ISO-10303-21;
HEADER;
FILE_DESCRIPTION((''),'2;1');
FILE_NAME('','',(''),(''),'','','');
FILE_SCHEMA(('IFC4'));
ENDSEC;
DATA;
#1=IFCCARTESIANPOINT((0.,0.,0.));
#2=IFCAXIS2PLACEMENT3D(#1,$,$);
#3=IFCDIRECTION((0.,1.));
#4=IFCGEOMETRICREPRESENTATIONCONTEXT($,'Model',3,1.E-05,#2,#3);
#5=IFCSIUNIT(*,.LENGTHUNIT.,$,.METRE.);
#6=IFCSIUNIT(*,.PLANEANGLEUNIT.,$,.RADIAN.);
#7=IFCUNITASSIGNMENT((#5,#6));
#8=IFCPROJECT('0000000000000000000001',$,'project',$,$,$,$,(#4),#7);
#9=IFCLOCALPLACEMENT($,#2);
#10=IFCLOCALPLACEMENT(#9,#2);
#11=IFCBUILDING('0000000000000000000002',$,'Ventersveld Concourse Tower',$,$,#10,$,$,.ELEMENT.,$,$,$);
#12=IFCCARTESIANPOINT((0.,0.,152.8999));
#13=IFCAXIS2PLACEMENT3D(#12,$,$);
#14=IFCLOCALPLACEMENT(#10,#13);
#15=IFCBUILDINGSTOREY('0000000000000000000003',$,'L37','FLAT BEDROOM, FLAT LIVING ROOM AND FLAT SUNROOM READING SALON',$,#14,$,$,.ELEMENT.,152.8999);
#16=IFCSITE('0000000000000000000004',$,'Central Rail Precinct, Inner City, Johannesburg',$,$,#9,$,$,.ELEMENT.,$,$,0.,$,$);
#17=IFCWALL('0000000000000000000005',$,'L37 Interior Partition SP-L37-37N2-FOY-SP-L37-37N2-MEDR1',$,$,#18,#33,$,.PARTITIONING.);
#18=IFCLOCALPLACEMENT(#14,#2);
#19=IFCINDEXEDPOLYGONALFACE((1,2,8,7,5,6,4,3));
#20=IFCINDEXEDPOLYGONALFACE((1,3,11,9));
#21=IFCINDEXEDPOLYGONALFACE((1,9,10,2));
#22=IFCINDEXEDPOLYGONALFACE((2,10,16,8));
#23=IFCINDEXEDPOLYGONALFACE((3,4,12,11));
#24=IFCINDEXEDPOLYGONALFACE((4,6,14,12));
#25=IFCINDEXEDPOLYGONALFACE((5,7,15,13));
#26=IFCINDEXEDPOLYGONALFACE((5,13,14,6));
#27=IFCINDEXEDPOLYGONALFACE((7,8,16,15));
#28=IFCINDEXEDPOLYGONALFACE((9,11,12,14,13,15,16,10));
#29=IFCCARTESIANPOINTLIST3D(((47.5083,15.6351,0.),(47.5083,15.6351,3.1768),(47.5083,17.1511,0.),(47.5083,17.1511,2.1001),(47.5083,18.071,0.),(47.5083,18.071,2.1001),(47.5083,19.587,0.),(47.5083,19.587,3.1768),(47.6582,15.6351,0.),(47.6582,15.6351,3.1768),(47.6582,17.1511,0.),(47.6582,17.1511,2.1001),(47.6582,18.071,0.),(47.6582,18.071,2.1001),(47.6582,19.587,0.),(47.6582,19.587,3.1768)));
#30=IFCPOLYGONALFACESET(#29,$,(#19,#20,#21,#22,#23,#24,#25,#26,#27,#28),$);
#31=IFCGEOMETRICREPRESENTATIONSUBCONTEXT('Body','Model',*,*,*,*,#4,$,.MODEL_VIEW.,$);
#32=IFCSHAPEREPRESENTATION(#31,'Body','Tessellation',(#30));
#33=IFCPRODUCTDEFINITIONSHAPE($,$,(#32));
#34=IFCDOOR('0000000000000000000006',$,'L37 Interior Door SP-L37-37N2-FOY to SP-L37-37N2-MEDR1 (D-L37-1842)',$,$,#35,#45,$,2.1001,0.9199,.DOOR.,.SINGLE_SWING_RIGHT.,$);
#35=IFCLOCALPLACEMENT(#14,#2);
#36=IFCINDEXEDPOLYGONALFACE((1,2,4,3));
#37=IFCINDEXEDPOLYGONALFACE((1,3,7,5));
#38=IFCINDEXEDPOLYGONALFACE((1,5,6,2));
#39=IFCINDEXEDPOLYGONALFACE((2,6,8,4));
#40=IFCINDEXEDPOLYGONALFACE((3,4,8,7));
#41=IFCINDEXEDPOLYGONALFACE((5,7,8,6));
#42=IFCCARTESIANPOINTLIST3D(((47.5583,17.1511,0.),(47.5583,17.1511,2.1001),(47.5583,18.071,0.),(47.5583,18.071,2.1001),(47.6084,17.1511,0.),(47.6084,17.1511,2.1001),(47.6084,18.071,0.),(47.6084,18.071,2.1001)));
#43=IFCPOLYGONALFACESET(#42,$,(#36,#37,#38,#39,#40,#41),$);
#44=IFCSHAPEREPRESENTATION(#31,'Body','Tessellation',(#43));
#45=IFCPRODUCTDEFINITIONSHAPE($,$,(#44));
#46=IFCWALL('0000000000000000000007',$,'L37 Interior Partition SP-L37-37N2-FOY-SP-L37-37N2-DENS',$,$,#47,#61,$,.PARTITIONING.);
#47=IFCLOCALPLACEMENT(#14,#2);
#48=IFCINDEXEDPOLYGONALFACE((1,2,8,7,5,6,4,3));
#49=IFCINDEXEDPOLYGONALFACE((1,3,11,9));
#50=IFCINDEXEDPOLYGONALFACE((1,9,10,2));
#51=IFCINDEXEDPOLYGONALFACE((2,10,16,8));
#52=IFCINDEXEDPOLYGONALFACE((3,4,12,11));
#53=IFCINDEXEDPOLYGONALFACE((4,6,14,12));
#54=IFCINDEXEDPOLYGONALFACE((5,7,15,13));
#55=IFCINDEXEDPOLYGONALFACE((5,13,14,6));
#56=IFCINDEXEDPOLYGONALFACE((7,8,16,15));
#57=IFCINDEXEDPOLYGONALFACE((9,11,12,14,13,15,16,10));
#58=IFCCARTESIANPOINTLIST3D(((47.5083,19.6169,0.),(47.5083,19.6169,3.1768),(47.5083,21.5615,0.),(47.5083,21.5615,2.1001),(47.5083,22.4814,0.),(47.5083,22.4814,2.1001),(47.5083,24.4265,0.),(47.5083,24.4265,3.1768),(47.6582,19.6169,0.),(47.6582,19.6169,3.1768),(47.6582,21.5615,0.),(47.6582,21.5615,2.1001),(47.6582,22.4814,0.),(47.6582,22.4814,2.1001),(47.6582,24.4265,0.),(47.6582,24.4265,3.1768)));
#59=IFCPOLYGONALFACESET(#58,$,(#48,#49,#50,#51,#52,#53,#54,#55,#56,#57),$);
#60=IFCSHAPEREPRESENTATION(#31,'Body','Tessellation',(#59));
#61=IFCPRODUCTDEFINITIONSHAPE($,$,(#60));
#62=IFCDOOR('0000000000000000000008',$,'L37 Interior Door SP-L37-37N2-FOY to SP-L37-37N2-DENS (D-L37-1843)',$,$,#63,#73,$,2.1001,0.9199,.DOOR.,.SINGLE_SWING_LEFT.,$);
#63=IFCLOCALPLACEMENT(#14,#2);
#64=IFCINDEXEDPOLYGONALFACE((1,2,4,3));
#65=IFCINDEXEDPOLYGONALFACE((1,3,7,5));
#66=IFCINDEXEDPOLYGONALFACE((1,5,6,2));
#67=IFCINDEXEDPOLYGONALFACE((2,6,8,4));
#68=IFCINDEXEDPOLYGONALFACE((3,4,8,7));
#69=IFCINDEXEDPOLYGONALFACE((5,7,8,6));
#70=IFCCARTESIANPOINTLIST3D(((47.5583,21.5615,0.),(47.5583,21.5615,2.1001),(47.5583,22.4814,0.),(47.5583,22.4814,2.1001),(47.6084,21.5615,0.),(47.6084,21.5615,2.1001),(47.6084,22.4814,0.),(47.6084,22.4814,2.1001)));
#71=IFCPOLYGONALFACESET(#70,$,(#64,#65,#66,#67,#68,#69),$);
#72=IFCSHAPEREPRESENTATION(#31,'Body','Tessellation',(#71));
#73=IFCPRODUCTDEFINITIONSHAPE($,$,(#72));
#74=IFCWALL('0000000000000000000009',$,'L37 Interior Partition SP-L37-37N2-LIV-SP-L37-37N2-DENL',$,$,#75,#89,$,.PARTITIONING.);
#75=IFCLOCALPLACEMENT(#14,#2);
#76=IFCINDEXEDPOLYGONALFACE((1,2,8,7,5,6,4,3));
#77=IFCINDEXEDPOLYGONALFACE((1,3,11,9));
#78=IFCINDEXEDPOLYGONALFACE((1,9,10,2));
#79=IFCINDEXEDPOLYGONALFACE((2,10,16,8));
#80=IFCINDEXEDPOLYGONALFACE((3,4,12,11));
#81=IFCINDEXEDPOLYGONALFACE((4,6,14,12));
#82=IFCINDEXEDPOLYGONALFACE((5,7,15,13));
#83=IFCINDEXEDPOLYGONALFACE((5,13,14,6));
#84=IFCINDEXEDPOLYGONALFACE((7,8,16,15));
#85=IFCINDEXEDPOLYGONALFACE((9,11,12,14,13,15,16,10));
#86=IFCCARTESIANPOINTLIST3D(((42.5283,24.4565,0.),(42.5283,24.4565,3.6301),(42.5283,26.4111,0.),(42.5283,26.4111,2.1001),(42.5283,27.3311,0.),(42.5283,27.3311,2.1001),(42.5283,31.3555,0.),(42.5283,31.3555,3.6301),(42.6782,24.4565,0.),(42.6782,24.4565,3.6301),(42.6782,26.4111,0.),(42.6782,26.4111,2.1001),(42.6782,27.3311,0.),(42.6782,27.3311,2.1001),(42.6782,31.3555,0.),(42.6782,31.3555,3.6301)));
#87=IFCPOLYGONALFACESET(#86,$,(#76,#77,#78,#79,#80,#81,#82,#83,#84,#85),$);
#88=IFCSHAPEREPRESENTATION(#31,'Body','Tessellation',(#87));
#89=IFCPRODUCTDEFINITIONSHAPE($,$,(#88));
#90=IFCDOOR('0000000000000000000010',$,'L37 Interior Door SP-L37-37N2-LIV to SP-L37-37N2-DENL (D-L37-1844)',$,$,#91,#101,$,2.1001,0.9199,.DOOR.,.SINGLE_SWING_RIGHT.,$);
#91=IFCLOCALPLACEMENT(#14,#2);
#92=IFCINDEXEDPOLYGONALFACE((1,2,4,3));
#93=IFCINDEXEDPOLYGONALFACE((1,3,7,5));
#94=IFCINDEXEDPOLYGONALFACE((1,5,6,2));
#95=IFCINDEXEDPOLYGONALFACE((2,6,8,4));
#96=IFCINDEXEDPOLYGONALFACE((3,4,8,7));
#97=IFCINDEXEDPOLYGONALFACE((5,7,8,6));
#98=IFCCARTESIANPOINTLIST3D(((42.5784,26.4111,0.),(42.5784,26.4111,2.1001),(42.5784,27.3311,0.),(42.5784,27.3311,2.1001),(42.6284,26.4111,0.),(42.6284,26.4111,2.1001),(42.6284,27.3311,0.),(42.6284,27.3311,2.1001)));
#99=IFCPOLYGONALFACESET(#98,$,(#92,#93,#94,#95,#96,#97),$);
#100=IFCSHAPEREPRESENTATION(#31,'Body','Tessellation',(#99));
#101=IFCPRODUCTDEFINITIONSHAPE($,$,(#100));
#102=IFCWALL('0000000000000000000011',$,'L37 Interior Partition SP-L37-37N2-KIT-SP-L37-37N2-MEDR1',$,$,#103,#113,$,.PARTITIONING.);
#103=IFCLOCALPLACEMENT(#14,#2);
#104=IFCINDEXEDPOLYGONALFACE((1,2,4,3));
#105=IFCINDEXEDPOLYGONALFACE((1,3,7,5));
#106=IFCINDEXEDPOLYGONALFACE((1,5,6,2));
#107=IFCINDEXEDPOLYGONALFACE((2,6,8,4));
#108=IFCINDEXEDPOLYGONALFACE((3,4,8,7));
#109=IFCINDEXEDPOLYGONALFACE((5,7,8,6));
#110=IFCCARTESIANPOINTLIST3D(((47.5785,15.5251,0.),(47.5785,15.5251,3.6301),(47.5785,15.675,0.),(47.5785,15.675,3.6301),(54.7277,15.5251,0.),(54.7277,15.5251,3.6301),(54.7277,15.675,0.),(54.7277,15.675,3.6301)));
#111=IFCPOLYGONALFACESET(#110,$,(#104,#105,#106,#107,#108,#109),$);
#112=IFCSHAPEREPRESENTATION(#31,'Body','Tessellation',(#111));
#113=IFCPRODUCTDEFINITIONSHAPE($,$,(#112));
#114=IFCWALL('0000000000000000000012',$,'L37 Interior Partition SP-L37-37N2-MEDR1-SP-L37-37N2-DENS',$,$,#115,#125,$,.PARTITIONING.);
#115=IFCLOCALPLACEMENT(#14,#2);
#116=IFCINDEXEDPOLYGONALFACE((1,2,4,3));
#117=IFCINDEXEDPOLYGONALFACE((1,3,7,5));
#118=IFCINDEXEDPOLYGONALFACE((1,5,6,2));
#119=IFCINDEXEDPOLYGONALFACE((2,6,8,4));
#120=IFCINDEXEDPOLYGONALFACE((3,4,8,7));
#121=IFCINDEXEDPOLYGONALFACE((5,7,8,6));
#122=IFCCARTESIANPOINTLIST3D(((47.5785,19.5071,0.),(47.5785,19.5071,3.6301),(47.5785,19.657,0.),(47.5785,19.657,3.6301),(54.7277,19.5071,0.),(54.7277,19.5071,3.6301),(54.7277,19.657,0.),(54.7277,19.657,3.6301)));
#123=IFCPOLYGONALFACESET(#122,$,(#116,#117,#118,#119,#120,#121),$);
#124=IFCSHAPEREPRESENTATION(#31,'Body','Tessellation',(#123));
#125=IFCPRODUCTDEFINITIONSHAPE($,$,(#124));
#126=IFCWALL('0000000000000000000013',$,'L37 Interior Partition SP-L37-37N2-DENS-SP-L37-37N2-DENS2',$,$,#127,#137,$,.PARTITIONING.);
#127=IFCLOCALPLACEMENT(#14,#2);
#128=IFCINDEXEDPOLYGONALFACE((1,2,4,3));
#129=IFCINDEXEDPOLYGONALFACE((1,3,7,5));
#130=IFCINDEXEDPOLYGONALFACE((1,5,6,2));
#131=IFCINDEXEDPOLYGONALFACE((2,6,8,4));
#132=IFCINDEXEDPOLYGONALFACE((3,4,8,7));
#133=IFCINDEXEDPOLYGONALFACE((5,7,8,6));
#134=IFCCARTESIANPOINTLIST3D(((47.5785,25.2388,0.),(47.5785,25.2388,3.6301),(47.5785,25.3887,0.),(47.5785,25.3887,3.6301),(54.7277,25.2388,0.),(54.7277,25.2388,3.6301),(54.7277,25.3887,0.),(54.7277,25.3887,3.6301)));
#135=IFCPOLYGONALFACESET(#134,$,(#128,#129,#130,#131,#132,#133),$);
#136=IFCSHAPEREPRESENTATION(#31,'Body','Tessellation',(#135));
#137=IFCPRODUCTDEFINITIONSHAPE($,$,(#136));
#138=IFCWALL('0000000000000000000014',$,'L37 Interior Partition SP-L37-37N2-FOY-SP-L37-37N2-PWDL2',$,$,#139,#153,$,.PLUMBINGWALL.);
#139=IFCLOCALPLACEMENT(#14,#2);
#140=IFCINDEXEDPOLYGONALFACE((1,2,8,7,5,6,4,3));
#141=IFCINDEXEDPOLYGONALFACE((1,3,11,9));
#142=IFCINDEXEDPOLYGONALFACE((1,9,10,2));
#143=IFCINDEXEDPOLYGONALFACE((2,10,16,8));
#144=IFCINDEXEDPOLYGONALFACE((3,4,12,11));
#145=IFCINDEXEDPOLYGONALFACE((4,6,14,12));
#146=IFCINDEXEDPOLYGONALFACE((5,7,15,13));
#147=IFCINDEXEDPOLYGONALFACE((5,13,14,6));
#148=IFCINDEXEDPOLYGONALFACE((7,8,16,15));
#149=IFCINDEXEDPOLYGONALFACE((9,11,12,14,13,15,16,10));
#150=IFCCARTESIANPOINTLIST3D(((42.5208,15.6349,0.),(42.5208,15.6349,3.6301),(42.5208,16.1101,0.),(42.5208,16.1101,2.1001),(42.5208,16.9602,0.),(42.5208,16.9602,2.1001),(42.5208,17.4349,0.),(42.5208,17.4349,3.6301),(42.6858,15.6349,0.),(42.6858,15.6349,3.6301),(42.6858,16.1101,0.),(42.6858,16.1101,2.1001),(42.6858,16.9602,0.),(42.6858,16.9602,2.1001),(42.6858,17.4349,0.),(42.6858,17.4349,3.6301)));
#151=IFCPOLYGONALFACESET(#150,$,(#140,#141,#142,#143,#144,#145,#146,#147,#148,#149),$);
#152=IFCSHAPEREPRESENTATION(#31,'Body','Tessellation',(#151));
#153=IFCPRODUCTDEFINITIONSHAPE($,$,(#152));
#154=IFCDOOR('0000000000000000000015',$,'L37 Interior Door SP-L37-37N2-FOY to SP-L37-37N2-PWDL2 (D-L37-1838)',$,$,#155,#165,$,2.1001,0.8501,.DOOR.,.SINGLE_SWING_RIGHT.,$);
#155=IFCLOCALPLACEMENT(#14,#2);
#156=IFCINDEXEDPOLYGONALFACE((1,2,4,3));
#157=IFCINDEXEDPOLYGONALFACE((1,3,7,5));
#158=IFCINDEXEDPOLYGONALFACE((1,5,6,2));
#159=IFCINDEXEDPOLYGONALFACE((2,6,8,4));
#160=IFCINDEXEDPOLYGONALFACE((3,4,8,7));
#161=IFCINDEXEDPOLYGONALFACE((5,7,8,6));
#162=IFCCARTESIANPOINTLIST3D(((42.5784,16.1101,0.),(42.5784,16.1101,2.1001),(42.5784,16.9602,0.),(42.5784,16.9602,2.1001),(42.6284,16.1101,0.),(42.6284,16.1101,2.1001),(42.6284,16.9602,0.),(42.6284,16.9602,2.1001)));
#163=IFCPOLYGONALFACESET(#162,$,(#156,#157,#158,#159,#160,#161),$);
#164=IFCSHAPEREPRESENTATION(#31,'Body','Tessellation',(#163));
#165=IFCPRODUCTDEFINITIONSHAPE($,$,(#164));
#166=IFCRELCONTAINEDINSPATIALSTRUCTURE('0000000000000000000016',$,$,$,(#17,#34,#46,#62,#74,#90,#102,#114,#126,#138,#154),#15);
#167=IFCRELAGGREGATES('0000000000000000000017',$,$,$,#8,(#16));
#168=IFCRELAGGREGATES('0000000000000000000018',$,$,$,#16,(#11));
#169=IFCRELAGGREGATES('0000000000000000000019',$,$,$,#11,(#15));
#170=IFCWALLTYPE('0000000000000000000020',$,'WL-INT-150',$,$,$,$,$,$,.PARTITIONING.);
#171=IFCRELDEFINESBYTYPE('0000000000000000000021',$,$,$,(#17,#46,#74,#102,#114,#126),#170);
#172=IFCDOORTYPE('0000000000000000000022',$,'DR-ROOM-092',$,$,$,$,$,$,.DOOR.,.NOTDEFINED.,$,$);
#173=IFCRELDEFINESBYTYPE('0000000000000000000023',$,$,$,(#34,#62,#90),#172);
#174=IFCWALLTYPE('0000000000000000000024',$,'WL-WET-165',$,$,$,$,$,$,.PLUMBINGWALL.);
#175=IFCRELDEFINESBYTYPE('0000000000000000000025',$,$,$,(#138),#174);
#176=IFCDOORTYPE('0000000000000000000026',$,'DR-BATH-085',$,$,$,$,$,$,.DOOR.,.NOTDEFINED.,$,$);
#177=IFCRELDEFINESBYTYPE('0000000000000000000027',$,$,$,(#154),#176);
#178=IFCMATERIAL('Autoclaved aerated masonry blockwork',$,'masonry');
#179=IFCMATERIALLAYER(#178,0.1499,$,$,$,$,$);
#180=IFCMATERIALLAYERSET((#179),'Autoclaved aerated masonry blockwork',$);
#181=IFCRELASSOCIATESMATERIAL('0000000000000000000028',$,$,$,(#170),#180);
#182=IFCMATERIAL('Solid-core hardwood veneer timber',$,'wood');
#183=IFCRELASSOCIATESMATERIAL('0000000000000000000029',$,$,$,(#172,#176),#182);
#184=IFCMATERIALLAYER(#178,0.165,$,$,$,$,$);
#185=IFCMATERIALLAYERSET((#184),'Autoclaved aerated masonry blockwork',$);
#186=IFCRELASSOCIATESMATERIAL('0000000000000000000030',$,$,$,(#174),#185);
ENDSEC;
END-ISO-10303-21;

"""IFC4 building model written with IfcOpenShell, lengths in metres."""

from ifc_helpers import new_model, si_unit, direction, frame, frame_2d, origin, place, context, subcontext, project, spatial, rectangle, extrude, material, layer, layer_set, type_object, element, fill, save


model = new_model("IFC4")

# Units and contexts
model_context = context("Model", 3, precision=1e-05, world=origin(), true_north=direction((0.0, 1.0)))
body_context = subcontext(model_context, "Body", "Model", "MODEL_VIEW")
ifc_project = project(units=[si_unit("LENGTHUNIT", "METRE"), si_unit("PLANEANGLEUNIT", "RADIAN")], contexts=[model_context])

# Site, building, storey
site_placement = place(None, origin())
site = spatial("IfcSite", under=ifc_project, at=site_placement, Name="Central Rail Precinct, Inner City, Johannesburg", CompositionType="ELEMENT", RefElevation=0.0)
building_placement = place(site_placement, origin())
building = spatial("IfcBuilding", under=site, at=building_placement, Name="Ventersveld Concourse Tower", CompositionType="ELEMENT")
storey_placement = place(building_placement, frame((0.0, 0.0, 152.8999)))
storey = spatial("IfcBuildingStorey", under=building, at=storey_placement, Name="L37", Description="FLAT BEDROOM, FLAT LIVING ROOM AND FLAT SUNROOM READING SALON", CompositionType="ELEMENT", Elevation=152.8999)

# Walls, openings, doors
ifc_material_1 = material(Name="Autoclaved aerated masonry blockwork", Category="masonry")
ifc_layer_1 = layer(ifc_material_1, 0.1499)
ifc_layer_set_1 = layer_set([ifc_layer_1], Name="Autoclaved aerated masonry blockwork")
wall_type_1 = type_object("IfcWallType", Name="WL-INT-150", PredefinedType="PARTITIONING", material=ifc_layer_set_1)
ifc_material_2 = material(Name="Solid-core hardwood veneer timber", Category="wood")
door_type_1 = type_object("IfcDoorType", Name="DR-ROOM-092", OperationType="NOTDEFINED", PredefinedType="DOOR", material=ifc_material_2)
wall_1_placement = place(storey_placement, frame((47.5833, 15.635, 0.0), z_axis=(0.0, 0.0, 1.0), x_axis=(0.0, 1.0, 0.0)))
wall_1 = element("IfcWall", 1, at=wall_1_placement, inside=storey, type_object=wall_type_1, Name="L37 Interior Partition SP-L37-37N2-FOY-SP-L37-37N2-MEDR1", PredefinedType="PARTITIONING", context=body_context, shape_type="SweptSolid", body=[
    extrude(rectangle(XDim=3.9519, YDim=0.1499, at=frame_2d((1.9761, 0.0))), origin(), (0.0, 0.0, 1.0), 3.1768),
])
opening_1_placement = place(wall_1_placement, frame((1.5161, 0.0, 0.0)))
opening_1 = element("IfcOpeningElement", 2, at=opening_1_placement, cuts=wall_1, PredefinedType="OPENING", context=body_context, shape_type="SweptSolid", body=[
    extrude(rectangle(XDim=0.9199, YDim=2.1001, at=frame_2d((0.46, 1.05))), frame((0.0, 0.085, 0.0), z_axis=(0.0, -1.0, 0.0), x_axis=(1.0, 0.0, 0.0)), (0.0, 0.0, 1.0), 0.1699),
])
door_1_placement = place(opening_1_placement, origin())
door_1 = element("IfcDoor", 3, at=door_1_placement, inside=storey, type_object=door_type_1, Name="L37 Interior Door SP-L37-37N2-FOY to SP-L37-37N2-MEDR1 (D-L37-1842)", OperationType="SINGLE_SWING_RIGHT", OverallHeight=2.1001, OverallWidth=0.9199, PredefinedType="DOOR", context=body_context, shape_type="SweptSolid", body=[
    extrude(rectangle(XDim=0.9199, YDim=2.1001, at=frame_2d((0.46, 1.05))), frame((0.0, 0.0249, 0.0), z_axis=(0.0, -1.0, 0.0), x_axis=(1.0, 0.0, 0.0)), (0.0, 0.0, 1.0), 0.05),
])
fill(opening_1, door_1)
wall_2_placement = place(storey_placement, frame((47.5833, 19.6169, 0.0), z_axis=(0.0, 0.0, 1.0), x_axis=(0.0, 1.0, 0.0)))
wall_2 = element("IfcWall", 4, at=wall_2_placement, inside=storey, type_object=wall_type_1, Name="L37 Interior Partition SP-L37-37N2-FOY-SP-L37-37N2-DENS", PredefinedType="PARTITIONING", context=body_context, shape_type="SweptSolid", body=[
    extrude(rectangle(XDim=4.8096, YDim=0.1499, at=frame_2d((2.4048, 0.0))), origin(), (0.0, 0.0, 1.0), 3.1768),
])
opening_2_placement = place(wall_2_placement, frame((1.9446, 0.0, 0.0)))
opening_2 = element("IfcOpeningElement", 5, at=opening_2_placement, cuts=wall_2, PredefinedType="OPENING", context=body_context, shape_type="SweptSolid", body=[
    extrude(rectangle(XDim=0.9199, YDim=2.1001, at=frame_2d((0.46, 1.05))), frame((0.0, 0.085, 0.0), z_axis=(0.0, -1.0, 0.0), x_axis=(1.0, 0.0, 0.0)), (0.0, 0.0, 1.0), 0.1699),
])
door_2_placement = place(opening_2_placement, origin())
door_2 = element("IfcDoor", 6, at=door_2_placement, inside=storey, type_object=door_type_1, Name="L37 Interior Door SP-L37-37N2-FOY to SP-L37-37N2-DENS (D-L37-1843)", OperationType="SINGLE_SWING_LEFT", OverallHeight=2.1001, OverallWidth=0.9199, PredefinedType="DOOR", context=body_context, shape_type="SweptSolid", body=[
    extrude(rectangle(XDim=0.9199, YDim=2.1001, at=frame_2d((0.46, 1.05))), frame((0.0, 0.0249, 0.0), z_axis=(0.0, -1.0, 0.0), x_axis=(1.0, 0.0, 0.0)), (0.0, 0.0, 1.0), 0.05),
])
fill(opening_2, door_2)
wall_3_placement = place(storey_placement, frame((42.6033, 24.4565, 0.0), z_axis=(0.0, 0.0, 1.0), x_axis=(0.0, 1.0, 0.0)))
wall_3 = element("IfcWall", 7, at=wall_3_placement, inside=storey, type_object=wall_type_1, Name="L37 Interior Partition SP-L37-37N2-LIV-SP-L37-37N2-DENL", PredefinedType="PARTITIONING", context=body_context, shape_type="SweptSolid", body=[
    extrude(rectangle(XDim=6.8989, YDim=0.1499, at=frame_2d((3.4495, 0.0))), origin(), (0.0, 0.0, 1.0), 3.6301),
])
opening_3_placement = place(wall_3_placement, frame((1.9546, 0.0, 0.0)))
opening_3 = element("IfcOpeningElement", 8, at=opening_3_placement, cuts=wall_3, PredefinedType="OPENING", context=body_context, shape_type="SweptSolid", body=[
    extrude(rectangle(XDim=0.9199, YDim=2.1001, at=frame_2d((0.46, 1.05))), frame((0.0, 0.085, 0.0), z_axis=(0.0, -1.0, 0.0), x_axis=(1.0, 0.0, 0.0)), (0.0, 0.0, 1.0), 0.1699),
])
door_3_placement = place(opening_3_placement, origin())
door_3 = element("IfcDoor", 9, at=door_3_placement, inside=storey, type_object=door_type_1, Name="L37 Interior Door SP-L37-37N2-LIV to SP-L37-37N2-DENL (D-L37-1844)", OperationType="SINGLE_SWING_RIGHT", OverallHeight=2.1001, OverallWidth=0.9199, PredefinedType="DOOR", context=body_context, shape_type="SweptSolid", body=[
    extrude(rectangle(XDim=0.9199, YDim=2.1001, at=frame_2d((0.46, 1.05))), frame((0.0, 0.0249, 0.0), z_axis=(0.0, -1.0, 0.0), x_axis=(1.0, 0.0, 0.0)), (0.0, 0.0, 1.0), 0.05),
])
fill(opening_3, door_3)

# Walls
for number, where, z_axis, x_axis, name in (
    (10, (47.5784, 15.6001, 0.0), (0.0, 0.0, 1.0), (1.0, 0.0, 0.0), "L37 Interior Partition SP-L37-37N2-KIT-SP-L37-37N2-MEDR1"),
    (11, (47.5784, 19.582, 0.0), (0.0, 0.0, 1.0), (1.0, 0.0, 0.0), "L37 Interior Partition SP-L37-37N2-MEDR1-SP-L37-37N2-DENS"),
    (12, (47.5784, 25.3137, 0.0), (0.0, 0.0, 1.0), (1.0, 0.0, 0.0), "L37 Interior Partition SP-L37-37N2-DENS-SP-L37-37N2-DENS2"),
):
    element("IfcWall", number, at=place(storey_placement, frame(where, z_axis=z_axis, x_axis=x_axis)), inside=storey, type_object=wall_type_1, Name=name, PredefinedType="PARTITIONING", context=body_context, shape_type="SweptSolid", body=[
        extrude(rectangle(XDim=7.1492, YDim=0.1499, at=frame_2d((3.5747, 0.0))), origin(), (0.0, 0.0, 1.0), 3.6301),
    ])

# Wall, opening, door
ifc_layer_2 = layer(ifc_material_1, 0.165)
ifc_layer_set_2 = layer_set([ifc_layer_2], Name="Autoclaved aerated masonry blockwork")
wall_type_2 = type_object("IfcWallType", Name="WL-WET-165", PredefinedType="PLUMBINGWALL", material=ifc_layer_set_2)
wall_4_placement = place(storey_placement, frame((42.6033, 15.635, 0.0), z_axis=(0.0, 0.0, 1.0), x_axis=(0.0, 1.0, 0.0)))
wall_4 = element("IfcWall", 13, at=wall_4_placement, inside=storey, type_object=wall_type_2, Name="L37 Interior Partition SP-L37-37N2-FOY-SP-L37-37N2-PWDL2", PredefinedType="PLUMBINGWALL", context=body_context, shape_type="SweptSolid", body=[
    extrude(rectangle(XDim=1.8, YDim=0.165, at=frame_2d((0.8999, 0.0))), origin(), (0.0, 0.0, 1.0), 3.6301),
])
opening_4_placement = place(wall_4_placement, frame((0.4751, 0.0, 0.0)))
opening_4 = element("IfcOpeningElement", 14, at=opening_4_placement, cuts=wall_4, PredefinedType="OPENING", context=body_context, shape_type="SweptSolid", body=[
    extrude(rectangle(XDim=0.8501, YDim=2.1001, at=frame_2d((0.425, 1.05))), frame((0.0, 0.0925, 0.0), z_axis=(0.0, -1.0, 0.0), x_axis=(1.0, 0.0, 0.0)), (0.0, 0.0, 1.0), 0.1851),
])
door_type_2 = type_object("IfcDoorType", Name="DR-BATH-085", OperationType="NOTDEFINED", PredefinedType="DOOR", material=ifc_material_2)
door_4_placement = place(opening_4_placement, origin())
door_4 = element("IfcDoor", 15, at=door_4_placement, inside=storey, type_object=door_type_2, Name="L37 Interior Door SP-L37-37N2-FOY to SP-L37-37N2-PWDL2 (D-L37-1838)", OperationType="SINGLE_SWING_RIGHT", OverallHeight=2.1001, OverallWidth=0.8501, PredefinedType="DOOR", context=body_context, shape_type="SweptSolid", body=[
    extrude(rectangle(XDim=0.8501, YDim=2.1001, at=frame_2d((0.425, 1.05))), frame((0.0, 0.0249, 0.0), z_axis=(0.0, -1.0, 0.0), x_axis=(1.0, 0.0, 0.0)), (0.0, 0.0, 1.0), 0.05),
])
fill(opening_4, door_4)

save(model, "model.ifc")
